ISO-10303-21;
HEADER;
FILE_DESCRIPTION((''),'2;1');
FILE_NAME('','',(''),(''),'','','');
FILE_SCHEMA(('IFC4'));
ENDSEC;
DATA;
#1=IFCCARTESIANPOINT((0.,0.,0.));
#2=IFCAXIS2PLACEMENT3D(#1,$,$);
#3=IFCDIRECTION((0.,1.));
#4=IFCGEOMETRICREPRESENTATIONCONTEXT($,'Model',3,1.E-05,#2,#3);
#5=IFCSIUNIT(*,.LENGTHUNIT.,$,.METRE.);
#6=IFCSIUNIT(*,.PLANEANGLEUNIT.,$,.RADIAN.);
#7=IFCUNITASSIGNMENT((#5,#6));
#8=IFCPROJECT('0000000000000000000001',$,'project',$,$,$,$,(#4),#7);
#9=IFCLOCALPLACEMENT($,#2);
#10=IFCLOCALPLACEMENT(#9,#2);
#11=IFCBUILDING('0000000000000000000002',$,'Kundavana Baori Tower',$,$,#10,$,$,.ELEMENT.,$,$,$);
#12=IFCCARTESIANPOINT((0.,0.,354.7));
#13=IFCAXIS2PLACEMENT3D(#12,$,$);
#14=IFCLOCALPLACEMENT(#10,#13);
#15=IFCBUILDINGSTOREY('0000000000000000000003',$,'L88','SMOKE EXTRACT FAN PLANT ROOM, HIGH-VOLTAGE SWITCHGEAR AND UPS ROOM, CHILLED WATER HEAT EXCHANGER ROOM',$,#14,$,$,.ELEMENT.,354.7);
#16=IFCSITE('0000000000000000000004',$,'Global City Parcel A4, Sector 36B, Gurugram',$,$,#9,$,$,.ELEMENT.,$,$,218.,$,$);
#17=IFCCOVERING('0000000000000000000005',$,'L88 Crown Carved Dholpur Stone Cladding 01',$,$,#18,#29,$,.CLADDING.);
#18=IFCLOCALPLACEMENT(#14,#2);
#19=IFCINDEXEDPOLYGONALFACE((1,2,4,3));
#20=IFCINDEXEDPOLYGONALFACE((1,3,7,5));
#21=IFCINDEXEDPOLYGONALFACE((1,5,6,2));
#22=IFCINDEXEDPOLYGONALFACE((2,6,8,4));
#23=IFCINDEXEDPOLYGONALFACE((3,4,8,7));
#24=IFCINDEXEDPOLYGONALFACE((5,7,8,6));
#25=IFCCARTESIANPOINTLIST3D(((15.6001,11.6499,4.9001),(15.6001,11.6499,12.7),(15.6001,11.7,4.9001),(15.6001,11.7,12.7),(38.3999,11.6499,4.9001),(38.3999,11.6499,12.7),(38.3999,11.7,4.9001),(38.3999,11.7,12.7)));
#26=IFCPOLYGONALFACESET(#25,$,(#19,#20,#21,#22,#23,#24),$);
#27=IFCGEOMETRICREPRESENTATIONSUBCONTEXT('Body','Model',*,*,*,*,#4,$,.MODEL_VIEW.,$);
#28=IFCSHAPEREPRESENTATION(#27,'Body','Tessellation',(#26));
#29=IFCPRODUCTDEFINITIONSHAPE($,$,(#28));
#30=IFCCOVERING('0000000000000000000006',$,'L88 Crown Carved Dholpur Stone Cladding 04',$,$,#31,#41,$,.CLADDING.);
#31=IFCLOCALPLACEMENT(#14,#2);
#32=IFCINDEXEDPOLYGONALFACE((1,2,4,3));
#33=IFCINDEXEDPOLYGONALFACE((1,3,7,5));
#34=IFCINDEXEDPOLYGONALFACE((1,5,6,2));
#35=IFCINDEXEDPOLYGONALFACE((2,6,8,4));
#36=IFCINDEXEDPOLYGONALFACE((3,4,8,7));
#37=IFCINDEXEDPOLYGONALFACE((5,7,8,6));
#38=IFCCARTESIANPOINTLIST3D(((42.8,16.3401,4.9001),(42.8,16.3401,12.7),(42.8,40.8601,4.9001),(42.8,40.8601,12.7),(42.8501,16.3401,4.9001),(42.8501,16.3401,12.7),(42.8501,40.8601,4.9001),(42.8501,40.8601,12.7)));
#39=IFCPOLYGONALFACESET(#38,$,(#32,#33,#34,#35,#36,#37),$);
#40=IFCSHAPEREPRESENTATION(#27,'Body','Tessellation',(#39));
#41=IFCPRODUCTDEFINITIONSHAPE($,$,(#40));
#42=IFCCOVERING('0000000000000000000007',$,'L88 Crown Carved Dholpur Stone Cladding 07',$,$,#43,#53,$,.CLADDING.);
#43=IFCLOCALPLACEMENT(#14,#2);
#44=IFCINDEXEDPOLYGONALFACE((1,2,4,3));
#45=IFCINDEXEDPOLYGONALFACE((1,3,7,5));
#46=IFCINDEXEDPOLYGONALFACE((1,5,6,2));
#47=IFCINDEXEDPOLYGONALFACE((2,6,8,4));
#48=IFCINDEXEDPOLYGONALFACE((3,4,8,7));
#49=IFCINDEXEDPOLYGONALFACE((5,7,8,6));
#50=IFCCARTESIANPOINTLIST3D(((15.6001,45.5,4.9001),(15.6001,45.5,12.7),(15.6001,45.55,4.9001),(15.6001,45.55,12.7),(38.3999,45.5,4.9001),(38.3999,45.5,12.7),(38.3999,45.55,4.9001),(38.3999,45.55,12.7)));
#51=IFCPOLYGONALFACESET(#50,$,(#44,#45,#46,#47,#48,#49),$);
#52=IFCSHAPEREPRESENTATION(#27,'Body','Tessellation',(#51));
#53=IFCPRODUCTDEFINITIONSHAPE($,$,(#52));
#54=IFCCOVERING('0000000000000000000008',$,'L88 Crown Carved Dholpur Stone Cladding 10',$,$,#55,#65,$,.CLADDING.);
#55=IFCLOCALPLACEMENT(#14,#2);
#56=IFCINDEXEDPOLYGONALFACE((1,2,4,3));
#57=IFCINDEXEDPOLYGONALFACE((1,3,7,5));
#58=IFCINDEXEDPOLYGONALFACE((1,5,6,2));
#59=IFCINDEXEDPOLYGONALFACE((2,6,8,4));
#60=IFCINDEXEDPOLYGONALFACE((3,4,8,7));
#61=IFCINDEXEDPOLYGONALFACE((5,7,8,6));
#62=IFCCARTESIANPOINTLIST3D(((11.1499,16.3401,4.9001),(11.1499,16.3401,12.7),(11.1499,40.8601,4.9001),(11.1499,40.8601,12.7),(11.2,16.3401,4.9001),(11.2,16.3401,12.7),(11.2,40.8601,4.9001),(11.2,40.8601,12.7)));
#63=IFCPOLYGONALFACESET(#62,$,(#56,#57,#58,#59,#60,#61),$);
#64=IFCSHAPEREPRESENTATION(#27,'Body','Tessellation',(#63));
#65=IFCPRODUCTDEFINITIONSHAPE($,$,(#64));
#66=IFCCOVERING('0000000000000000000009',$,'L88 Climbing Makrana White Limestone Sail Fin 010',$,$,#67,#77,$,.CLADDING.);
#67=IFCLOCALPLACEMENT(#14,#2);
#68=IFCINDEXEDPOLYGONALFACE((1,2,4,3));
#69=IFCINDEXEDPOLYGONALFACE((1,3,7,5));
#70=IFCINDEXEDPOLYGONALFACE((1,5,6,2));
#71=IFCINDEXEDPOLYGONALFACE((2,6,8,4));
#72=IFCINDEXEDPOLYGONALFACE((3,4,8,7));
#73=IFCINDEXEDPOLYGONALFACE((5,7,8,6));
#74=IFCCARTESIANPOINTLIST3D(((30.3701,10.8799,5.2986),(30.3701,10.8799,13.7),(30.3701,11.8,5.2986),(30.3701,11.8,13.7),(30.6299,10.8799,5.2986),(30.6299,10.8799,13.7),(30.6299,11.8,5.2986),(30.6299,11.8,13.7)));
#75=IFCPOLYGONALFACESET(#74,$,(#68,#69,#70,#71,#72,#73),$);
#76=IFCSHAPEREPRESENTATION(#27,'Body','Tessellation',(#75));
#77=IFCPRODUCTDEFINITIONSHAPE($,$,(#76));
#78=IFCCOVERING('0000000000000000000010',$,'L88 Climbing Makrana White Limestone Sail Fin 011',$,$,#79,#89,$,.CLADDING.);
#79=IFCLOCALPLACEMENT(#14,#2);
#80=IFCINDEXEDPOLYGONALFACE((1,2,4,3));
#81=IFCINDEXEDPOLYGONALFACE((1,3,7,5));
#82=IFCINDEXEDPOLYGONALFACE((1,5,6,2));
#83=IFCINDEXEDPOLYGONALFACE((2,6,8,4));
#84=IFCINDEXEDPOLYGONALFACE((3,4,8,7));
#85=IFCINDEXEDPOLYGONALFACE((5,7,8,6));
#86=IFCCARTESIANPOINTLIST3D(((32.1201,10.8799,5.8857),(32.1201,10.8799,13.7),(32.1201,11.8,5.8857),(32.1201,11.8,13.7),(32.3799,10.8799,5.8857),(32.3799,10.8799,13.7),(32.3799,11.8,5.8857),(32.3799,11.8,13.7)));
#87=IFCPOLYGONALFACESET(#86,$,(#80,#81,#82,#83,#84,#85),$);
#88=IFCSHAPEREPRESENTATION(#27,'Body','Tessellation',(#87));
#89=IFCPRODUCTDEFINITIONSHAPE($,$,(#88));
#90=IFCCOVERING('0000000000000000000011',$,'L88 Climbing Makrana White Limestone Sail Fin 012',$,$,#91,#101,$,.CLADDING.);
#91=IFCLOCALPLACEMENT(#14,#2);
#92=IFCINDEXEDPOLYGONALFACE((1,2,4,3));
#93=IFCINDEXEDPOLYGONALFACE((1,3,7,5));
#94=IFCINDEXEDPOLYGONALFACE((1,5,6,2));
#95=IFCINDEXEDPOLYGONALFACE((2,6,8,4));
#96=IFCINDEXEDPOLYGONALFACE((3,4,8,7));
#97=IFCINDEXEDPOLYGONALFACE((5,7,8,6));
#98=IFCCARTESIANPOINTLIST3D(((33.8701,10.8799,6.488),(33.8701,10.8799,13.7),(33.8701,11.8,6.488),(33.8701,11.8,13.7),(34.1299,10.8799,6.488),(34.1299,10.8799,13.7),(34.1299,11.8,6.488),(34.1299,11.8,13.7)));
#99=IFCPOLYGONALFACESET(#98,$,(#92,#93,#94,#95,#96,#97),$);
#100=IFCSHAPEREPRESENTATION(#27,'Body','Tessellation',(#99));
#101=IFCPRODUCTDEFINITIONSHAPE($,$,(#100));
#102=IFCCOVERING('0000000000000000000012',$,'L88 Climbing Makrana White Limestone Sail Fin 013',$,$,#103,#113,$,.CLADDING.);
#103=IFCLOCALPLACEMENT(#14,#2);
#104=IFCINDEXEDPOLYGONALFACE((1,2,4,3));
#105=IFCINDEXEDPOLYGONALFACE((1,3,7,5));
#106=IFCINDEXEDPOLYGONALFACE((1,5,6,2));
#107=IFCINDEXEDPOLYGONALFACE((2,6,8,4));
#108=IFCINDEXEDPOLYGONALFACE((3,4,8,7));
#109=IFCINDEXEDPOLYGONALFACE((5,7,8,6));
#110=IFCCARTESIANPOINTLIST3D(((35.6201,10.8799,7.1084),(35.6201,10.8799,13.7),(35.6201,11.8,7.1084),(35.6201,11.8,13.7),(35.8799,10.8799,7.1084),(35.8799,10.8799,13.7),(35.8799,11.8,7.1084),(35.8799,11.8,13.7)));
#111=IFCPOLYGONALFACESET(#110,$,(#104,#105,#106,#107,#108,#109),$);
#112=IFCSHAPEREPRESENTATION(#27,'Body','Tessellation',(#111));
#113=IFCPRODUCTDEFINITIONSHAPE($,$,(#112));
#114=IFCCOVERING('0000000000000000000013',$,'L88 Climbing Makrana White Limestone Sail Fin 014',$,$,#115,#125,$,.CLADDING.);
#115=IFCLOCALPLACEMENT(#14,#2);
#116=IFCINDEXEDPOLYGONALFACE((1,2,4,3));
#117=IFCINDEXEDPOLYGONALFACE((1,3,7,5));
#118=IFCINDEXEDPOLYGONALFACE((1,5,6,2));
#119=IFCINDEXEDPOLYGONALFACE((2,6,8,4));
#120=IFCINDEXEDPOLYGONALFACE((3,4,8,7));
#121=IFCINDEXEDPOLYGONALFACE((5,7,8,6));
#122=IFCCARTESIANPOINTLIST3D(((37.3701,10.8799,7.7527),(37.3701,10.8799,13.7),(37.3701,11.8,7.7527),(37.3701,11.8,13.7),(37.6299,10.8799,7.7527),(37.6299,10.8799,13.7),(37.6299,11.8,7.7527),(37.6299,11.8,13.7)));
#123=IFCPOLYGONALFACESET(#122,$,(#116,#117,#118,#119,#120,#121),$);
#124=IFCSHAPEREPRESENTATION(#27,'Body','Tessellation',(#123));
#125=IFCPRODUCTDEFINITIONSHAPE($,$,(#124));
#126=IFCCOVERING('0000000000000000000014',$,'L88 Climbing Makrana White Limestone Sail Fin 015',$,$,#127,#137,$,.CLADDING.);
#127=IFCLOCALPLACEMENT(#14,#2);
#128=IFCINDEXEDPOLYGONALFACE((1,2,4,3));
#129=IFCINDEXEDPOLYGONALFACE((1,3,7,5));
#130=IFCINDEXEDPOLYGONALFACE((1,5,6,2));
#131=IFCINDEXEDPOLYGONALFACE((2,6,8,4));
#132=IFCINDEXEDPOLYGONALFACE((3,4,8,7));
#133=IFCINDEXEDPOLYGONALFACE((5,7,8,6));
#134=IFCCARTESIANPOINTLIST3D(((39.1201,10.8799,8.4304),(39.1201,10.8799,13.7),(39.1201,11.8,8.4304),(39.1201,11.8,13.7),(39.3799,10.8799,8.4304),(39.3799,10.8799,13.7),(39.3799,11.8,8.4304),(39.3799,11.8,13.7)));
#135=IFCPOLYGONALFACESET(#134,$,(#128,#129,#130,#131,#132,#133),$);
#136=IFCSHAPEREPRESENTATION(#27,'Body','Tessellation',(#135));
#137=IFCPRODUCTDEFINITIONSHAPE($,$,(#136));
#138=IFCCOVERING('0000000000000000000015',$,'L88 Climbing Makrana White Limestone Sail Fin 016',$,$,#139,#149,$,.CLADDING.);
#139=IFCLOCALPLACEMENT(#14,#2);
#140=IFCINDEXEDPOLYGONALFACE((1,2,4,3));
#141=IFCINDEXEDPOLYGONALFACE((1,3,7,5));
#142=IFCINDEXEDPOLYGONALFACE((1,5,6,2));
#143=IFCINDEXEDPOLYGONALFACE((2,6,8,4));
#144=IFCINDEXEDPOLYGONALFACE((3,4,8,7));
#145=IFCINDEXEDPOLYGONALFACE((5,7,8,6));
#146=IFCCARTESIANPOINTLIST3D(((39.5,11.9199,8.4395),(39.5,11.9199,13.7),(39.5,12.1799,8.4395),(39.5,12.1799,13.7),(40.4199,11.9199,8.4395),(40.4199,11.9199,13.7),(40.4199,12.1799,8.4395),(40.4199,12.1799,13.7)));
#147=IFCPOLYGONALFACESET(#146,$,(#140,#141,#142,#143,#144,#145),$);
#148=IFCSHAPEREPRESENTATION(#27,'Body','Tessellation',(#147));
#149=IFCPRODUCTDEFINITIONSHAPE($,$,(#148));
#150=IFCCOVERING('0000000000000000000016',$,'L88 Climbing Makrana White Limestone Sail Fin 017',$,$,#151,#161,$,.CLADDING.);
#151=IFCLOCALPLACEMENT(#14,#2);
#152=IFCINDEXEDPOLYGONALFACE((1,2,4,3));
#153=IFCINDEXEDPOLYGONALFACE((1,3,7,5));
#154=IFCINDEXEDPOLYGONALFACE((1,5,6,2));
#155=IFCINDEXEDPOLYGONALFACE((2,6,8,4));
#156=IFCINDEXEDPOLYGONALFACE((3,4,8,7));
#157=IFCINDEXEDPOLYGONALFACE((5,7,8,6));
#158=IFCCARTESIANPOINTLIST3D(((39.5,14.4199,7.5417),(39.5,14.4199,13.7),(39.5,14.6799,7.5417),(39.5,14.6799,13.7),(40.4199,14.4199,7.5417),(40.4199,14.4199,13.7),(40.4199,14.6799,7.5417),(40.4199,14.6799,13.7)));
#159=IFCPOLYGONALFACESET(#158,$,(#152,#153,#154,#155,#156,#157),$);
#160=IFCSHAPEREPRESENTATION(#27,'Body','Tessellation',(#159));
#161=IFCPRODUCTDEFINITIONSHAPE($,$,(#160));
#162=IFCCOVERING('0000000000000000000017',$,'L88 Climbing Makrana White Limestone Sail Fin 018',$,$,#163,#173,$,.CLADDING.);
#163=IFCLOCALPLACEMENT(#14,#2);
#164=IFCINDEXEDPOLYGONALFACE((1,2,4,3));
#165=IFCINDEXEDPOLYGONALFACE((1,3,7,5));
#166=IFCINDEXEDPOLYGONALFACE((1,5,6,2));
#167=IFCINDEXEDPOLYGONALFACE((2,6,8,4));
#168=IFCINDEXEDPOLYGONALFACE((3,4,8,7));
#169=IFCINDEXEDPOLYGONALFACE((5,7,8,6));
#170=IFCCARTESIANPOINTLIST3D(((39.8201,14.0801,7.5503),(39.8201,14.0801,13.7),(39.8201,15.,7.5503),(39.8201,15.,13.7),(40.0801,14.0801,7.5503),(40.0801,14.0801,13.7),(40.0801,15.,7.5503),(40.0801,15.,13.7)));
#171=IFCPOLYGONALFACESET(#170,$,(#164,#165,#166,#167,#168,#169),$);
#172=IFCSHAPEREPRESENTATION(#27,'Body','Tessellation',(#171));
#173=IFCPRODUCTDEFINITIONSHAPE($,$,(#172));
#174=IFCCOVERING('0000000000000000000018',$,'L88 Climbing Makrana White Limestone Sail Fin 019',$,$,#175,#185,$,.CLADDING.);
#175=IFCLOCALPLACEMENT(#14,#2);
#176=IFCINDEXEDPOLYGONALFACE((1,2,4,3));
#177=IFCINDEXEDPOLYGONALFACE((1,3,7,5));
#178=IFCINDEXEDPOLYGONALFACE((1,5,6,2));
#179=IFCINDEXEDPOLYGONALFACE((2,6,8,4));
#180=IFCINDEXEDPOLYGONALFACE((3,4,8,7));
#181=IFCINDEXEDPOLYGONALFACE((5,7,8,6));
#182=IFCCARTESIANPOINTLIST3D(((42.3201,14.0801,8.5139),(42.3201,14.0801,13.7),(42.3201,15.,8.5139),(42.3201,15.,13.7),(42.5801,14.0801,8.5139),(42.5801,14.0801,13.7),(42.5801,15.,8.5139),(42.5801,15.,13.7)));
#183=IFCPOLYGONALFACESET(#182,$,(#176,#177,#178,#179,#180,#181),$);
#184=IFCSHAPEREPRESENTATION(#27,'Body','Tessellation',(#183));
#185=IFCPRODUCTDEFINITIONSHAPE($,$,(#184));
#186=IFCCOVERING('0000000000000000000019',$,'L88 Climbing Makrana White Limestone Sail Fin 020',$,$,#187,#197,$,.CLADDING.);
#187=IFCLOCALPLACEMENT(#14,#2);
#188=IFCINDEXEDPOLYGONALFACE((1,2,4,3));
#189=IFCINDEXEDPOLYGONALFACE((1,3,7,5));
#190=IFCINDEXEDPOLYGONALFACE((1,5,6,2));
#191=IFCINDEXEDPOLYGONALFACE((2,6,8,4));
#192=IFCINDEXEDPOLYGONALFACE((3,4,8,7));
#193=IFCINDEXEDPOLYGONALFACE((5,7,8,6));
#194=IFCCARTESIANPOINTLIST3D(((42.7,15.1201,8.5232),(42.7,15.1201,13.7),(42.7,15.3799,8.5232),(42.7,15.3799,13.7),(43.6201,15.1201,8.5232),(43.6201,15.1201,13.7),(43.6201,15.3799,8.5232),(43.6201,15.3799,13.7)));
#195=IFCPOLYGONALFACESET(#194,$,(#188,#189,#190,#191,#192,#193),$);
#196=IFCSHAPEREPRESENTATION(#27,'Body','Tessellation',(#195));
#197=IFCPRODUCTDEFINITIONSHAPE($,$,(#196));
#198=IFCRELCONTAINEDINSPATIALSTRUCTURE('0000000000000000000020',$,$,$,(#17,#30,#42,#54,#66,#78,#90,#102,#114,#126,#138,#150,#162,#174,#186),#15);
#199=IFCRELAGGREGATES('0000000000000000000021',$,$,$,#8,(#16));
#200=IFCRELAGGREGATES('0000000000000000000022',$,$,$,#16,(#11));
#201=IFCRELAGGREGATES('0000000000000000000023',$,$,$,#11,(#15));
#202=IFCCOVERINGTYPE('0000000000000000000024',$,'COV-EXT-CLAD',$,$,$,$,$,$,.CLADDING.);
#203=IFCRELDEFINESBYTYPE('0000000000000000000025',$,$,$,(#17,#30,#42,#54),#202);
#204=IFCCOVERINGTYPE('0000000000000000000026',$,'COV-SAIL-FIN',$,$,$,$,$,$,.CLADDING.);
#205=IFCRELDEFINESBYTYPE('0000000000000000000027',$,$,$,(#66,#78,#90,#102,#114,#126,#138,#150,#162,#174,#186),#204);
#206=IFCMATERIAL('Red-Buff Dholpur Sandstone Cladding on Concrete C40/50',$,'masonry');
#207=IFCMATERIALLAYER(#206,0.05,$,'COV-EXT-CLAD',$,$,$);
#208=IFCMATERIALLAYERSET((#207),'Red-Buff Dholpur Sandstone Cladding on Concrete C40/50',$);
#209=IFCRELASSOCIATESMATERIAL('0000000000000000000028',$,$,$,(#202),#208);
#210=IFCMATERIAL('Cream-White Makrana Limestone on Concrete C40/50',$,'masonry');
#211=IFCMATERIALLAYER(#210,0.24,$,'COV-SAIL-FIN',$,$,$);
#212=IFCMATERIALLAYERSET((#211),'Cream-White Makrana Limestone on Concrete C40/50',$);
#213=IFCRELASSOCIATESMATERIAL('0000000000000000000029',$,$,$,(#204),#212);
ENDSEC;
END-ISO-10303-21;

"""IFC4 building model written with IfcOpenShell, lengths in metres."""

from ifc_helpers import new_model, si_unit, direction, frame, origin, place, context, subcontext, project, spatial, polyline, outline, extrude, material, layer, layer_set, type_object, element, save


model = new_model("IFC4")

# Units and contexts
model_context = context("Model", 3, precision=1e-05, world=origin(), true_north=direction((0.0, 1.0)))
body_context = subcontext(model_context, "Body", "Model", "MODEL_VIEW")
ifc_project = project(units=[si_unit("LENGTHUNIT", "METRE"), si_unit("PLANEANGLEUNIT", "RADIAN")], contexts=[model_context])

# Site, building, storey
site_placement = place(None, origin())
site = spatial("IfcSite", under=ifc_project, at=site_placement, Name="Global City Parcel A4, Sector 36B, Gurugram", CompositionType="ELEMENT", RefElevation=218.0)
building_placement = place(site_placement, origin())
building = spatial("IfcBuilding", under=site, at=building_placement, Name="Kundavana Baori Tower", CompositionType="ELEMENT")
storey_placement = place(building_placement, frame((0.0, 0.0, 354.7)))
storey = spatial("IfcBuildingStorey", under=building, at=storey_placement, Name="L88", Description="SMOKE EXTRACT FAN PLANT ROOM, HIGH-VOLTAGE SWITCHGEAR AND UPS ROOM, CHILLED WATER HEAT EXCHANGER ROOM", CompositionType="ELEMENT", Elevation=354.7)

# Coverings
ifc_material_1 = material(Name="Red-Buff Dholpur Sandstone Cladding on Concrete C40/50", Category="masonry")
ifc_layer_1 = layer(ifc_material_1, 0.05, Name="COV-EXT-CLAD")
ifc_layer_set_1 = layer_set([ifc_layer_1], Name="Red-Buff Dholpur Sandstone Cladding on Concrete C40/50")
covering_type_1 = type_object("IfcCoveringType", Name="COV-EXT-CLAD", PredefinedType="CLADDING", material=ifc_layer_set_1)
covering_1_placement = place(storey_placement, frame((0.0, 0.0, 4.9001)))
element("IfcCovering", 1, at=covering_1_placement, inside=storey, type_object=covering_type_1, Name="L88 Crown Carved Dholpur Stone Cladding 01", PredefinedType="CLADDING", context=body_context, shape_type="SweptSolid", body=[
    extrude(outline(polyline([(15.6001, 11.6499), (38.3999, 11.6499), (38.3999, 11.7), (15.6001, 11.7), (15.6001, 11.6499)])), origin(), (0.0, 0.0, 1.0), 7.7998),
])
covering_2_placement = place(storey_placement, frame((0.0, 0.0, 4.9001)))
element("IfcCovering", 2, at=covering_2_placement, inside=storey, type_object=covering_type_1, Name="L88 Crown Carved Dholpur Stone Cladding 04", PredefinedType="CLADDING", context=body_context, shape_type="SweptSolid", body=[
    extrude(outline(polyline([(42.8, 16.3401), (42.8501, 16.3401), (42.8501, 40.8601), (42.8, 40.8601), (42.8, 16.3401)])), origin(), (0.0, 0.0, 1.0), 7.7998),
])
covering_3_placement = place(storey_placement, frame((0.0, 0.0, 4.9001)))
element("IfcCovering", 3, at=covering_3_placement, inside=storey, type_object=covering_type_1, Name="L88 Crown Carved Dholpur Stone Cladding 07", PredefinedType="CLADDING", context=body_context, shape_type="SweptSolid", body=[
    extrude(outline(polyline([(15.6001, 45.5), (38.3999, 45.5), (38.3999, 45.55), (15.6001, 45.55), (15.6001, 45.5)])), origin(), (0.0, 0.0, 1.0), 7.7998),
])
covering_4_placement = place(storey_placement, frame((0.0, 0.0, 4.9001)))
element("IfcCovering", 4, at=covering_4_placement, inside=storey, type_object=covering_type_1, Name="L88 Crown Carved Dholpur Stone Cladding 10", PredefinedType="CLADDING", context=body_context, shape_type="SweptSolid", body=[
    extrude(outline(polyline([(11.1499, 16.3401), (11.2, 16.3401), (11.2, 40.8601), (11.1499, 40.8601), (11.1499, 16.3401)])), origin(), (0.0, 0.0, 1.0), 7.7998),
])
ifc_material_2 = material(Name="Cream-White Makrana Limestone on Concrete C40/50", Category="masonry")
ifc_layer_2 = layer(ifc_material_2, 0.24, Name="COV-SAIL-FIN")
ifc_layer_set_2 = layer_set([ifc_layer_2], Name="Cream-White Makrana Limestone on Concrete C40/50")
covering_type_2 = type_object("IfcCoveringType", Name="COV-SAIL-FIN", PredefinedType="CLADDING", material=ifc_layer_set_2)
covering_5_placement = place(storey_placement, frame((0.0, 0.0, 5.2986)))
element("IfcCovering", 5, at=covering_5_placement, inside=storey, type_object=covering_type_2, Name="L88 Climbing Makrana White Limestone Sail Fin 010", PredefinedType="CLADDING", context=body_context, shape_type="SweptSolid", body=[
    extrude(outline(polyline([(30.3701, 10.8799), (30.6299, 10.8799), (30.6299, 11.8), (30.3701, 11.8), (30.3701, 10.8799)])), origin(), (0.0, 0.0, 1.0), 8.4014),
])
covering_6_placement = place(storey_placement, frame((0.0, 0.0, 5.8857)))
element("IfcCovering", 6, at=covering_6_placement, inside=storey, type_object=covering_type_2, Name="L88 Climbing Makrana White Limestone Sail Fin 011", PredefinedType="CLADDING", context=body_context, shape_type="SweptSolid", body=[
    extrude(outline(polyline([(32.1201, 10.8799), (32.3799, 10.8799), (32.3799, 11.8), (32.1201, 11.8), (32.1201, 10.8799)])), origin(), (0.0, 0.0, 1.0), 7.8142),
])
covering_7_placement = place(storey_placement, frame((0.0, 0.0, 6.488)))
element("IfcCovering", 7, at=covering_7_placement, inside=storey, type_object=covering_type_2, Name="L88 Climbing Makrana White Limestone Sail Fin 012", PredefinedType="CLADDING", context=body_context, shape_type="SweptSolid", body=[
    extrude(outline(polyline([(33.8701, 10.8799), (34.1299, 10.8799), (34.1299, 11.8), (33.8701, 11.8), (33.8701, 10.8799)])), origin(), (0.0, 0.0, 1.0), 7.2119),
])
covering_8_placement = place(storey_placement, frame((0.0, 0.0, 7.1084)))
element("IfcCovering", 8, at=covering_8_placement, inside=storey, type_object=covering_type_2, Name="L88 Climbing Makrana White Limestone Sail Fin 013", PredefinedType="CLADDING", context=body_context, shape_type="SweptSolid", body=[
    extrude(outline(polyline([(35.6201, 10.8799), (35.8799, 10.8799), (35.8799, 11.8), (35.6201, 11.8), (35.6201, 10.8799)])), origin(), (0.0, 0.0, 1.0), 6.5916),
])
covering_9_placement = place(storey_placement, frame((0.0, 0.0, 7.7527)))
element("IfcCovering", 9, at=covering_9_placement, inside=storey, type_object=covering_type_2, Name="L88 Climbing Makrana White Limestone Sail Fin 014", PredefinedType="CLADDING", context=body_context, shape_type="SweptSolid", body=[
    extrude(outline(polyline([(37.3701, 10.8799), (37.6299, 10.8799), (37.6299, 11.8), (37.3701, 11.8), (37.3701, 10.8799)])), origin(), (0.0, 0.0, 1.0), 5.9473),
])
covering_10_placement = place(storey_placement, frame((0.0, 0.0, 8.4304)))
element("IfcCovering", 10, at=covering_10_placement, inside=storey, type_object=covering_type_2, Name="L88 Climbing Makrana White Limestone Sail Fin 015", PredefinedType="CLADDING", context=body_context, shape_type="SweptSolid", body=[
    extrude(outline(polyline([(39.1201, 10.8799), (39.3799, 10.8799), (39.3799, 11.8), (39.1201, 11.8), (39.1201, 10.8799)])), origin(), (0.0, 0.0, 1.0), 5.2695),
])
covering_11_placement = place(storey_placement, frame((0.0, 0.0, 8.4395)))
element("IfcCovering", 11, at=covering_11_placement, inside=storey, type_object=covering_type_2, Name="L88 Climbing Makrana White Limestone Sail Fin 016", PredefinedType="CLADDING", context=body_context, shape_type="SweptSolid", body=[
    extrude(outline(polyline([(39.5, 11.9199), (40.4199, 11.9199), (40.4199, 12.1799), (39.5, 12.1799), (39.5, 11.9199)])), origin(), (0.0, 0.0, 1.0), 5.2605),
])
covering_12_placement = place(storey_placement, frame((0.0, 0.0, 7.5417)))
element("IfcCovering", 12, at=covering_12_placement, inside=storey, type_object=covering_type_2, Name="L88 Climbing Makrana White Limestone Sail Fin 017", PredefinedType="CLADDING", context=body_context, shape_type="SweptSolid", body=[
    extrude(outline(polyline([(39.5, 14.4199), (40.4199, 14.4199), (40.4199, 14.6799), (39.5, 14.6799), (39.5, 14.4199)])), origin(), (0.0, 0.0, 1.0), 6.1582),
])
covering_13_placement = place(storey_placement, frame((0.0, 0.0, 7.5503)))
element("IfcCovering", 13, at=covering_13_placement, inside=storey, type_object=covering_type_2, Name="L88 Climbing Makrana White Limestone Sail Fin 018", PredefinedType="CLADDING", context=body_context, shape_type="SweptSolid", body=[
    extrude(outline(polyline([(39.8201, 14.0801), (40.0801, 14.0801), (40.0801, 15.0), (39.8201, 15.0), (39.8201, 14.0801)])), origin(), (0.0, 0.0, 1.0), 6.1497),
])
covering_14_placement = place(storey_placement, frame((0.0, 0.0, 8.5139)))
element("IfcCovering", 14, at=covering_14_placement, inside=storey, type_object=covering_type_2, Name="L88 Climbing Makrana White Limestone Sail Fin 019", PredefinedType="CLADDING", context=body_context, shape_type="SweptSolid", body=[
    extrude(outline(polyline([(42.3201, 14.0801), (42.5801, 14.0801), (42.5801, 15.0), (42.3201, 15.0), (42.3201, 14.0801)])), origin(), (0.0, 0.0, 1.0), 5.186),
])
covering_15_placement = place(storey_placement, frame((0.0, 0.0, 8.5232)))
element("IfcCovering", 15, at=covering_15_placement, inside=storey, type_object=covering_type_2, Name="L88 Climbing Makrana White Limestone Sail Fin 020", PredefinedType="CLADDING", context=body_context, shape_type="SweptSolid", body=[
    extrude(outline(polyline([(42.7, 15.1201), (43.6201, 15.1201), (43.6201, 15.3799), (42.7, 15.3799), (42.7, 15.1201)])), origin(), (0.0, 0.0, 1.0), 5.1768),
])

save(model, "model.ifc")
